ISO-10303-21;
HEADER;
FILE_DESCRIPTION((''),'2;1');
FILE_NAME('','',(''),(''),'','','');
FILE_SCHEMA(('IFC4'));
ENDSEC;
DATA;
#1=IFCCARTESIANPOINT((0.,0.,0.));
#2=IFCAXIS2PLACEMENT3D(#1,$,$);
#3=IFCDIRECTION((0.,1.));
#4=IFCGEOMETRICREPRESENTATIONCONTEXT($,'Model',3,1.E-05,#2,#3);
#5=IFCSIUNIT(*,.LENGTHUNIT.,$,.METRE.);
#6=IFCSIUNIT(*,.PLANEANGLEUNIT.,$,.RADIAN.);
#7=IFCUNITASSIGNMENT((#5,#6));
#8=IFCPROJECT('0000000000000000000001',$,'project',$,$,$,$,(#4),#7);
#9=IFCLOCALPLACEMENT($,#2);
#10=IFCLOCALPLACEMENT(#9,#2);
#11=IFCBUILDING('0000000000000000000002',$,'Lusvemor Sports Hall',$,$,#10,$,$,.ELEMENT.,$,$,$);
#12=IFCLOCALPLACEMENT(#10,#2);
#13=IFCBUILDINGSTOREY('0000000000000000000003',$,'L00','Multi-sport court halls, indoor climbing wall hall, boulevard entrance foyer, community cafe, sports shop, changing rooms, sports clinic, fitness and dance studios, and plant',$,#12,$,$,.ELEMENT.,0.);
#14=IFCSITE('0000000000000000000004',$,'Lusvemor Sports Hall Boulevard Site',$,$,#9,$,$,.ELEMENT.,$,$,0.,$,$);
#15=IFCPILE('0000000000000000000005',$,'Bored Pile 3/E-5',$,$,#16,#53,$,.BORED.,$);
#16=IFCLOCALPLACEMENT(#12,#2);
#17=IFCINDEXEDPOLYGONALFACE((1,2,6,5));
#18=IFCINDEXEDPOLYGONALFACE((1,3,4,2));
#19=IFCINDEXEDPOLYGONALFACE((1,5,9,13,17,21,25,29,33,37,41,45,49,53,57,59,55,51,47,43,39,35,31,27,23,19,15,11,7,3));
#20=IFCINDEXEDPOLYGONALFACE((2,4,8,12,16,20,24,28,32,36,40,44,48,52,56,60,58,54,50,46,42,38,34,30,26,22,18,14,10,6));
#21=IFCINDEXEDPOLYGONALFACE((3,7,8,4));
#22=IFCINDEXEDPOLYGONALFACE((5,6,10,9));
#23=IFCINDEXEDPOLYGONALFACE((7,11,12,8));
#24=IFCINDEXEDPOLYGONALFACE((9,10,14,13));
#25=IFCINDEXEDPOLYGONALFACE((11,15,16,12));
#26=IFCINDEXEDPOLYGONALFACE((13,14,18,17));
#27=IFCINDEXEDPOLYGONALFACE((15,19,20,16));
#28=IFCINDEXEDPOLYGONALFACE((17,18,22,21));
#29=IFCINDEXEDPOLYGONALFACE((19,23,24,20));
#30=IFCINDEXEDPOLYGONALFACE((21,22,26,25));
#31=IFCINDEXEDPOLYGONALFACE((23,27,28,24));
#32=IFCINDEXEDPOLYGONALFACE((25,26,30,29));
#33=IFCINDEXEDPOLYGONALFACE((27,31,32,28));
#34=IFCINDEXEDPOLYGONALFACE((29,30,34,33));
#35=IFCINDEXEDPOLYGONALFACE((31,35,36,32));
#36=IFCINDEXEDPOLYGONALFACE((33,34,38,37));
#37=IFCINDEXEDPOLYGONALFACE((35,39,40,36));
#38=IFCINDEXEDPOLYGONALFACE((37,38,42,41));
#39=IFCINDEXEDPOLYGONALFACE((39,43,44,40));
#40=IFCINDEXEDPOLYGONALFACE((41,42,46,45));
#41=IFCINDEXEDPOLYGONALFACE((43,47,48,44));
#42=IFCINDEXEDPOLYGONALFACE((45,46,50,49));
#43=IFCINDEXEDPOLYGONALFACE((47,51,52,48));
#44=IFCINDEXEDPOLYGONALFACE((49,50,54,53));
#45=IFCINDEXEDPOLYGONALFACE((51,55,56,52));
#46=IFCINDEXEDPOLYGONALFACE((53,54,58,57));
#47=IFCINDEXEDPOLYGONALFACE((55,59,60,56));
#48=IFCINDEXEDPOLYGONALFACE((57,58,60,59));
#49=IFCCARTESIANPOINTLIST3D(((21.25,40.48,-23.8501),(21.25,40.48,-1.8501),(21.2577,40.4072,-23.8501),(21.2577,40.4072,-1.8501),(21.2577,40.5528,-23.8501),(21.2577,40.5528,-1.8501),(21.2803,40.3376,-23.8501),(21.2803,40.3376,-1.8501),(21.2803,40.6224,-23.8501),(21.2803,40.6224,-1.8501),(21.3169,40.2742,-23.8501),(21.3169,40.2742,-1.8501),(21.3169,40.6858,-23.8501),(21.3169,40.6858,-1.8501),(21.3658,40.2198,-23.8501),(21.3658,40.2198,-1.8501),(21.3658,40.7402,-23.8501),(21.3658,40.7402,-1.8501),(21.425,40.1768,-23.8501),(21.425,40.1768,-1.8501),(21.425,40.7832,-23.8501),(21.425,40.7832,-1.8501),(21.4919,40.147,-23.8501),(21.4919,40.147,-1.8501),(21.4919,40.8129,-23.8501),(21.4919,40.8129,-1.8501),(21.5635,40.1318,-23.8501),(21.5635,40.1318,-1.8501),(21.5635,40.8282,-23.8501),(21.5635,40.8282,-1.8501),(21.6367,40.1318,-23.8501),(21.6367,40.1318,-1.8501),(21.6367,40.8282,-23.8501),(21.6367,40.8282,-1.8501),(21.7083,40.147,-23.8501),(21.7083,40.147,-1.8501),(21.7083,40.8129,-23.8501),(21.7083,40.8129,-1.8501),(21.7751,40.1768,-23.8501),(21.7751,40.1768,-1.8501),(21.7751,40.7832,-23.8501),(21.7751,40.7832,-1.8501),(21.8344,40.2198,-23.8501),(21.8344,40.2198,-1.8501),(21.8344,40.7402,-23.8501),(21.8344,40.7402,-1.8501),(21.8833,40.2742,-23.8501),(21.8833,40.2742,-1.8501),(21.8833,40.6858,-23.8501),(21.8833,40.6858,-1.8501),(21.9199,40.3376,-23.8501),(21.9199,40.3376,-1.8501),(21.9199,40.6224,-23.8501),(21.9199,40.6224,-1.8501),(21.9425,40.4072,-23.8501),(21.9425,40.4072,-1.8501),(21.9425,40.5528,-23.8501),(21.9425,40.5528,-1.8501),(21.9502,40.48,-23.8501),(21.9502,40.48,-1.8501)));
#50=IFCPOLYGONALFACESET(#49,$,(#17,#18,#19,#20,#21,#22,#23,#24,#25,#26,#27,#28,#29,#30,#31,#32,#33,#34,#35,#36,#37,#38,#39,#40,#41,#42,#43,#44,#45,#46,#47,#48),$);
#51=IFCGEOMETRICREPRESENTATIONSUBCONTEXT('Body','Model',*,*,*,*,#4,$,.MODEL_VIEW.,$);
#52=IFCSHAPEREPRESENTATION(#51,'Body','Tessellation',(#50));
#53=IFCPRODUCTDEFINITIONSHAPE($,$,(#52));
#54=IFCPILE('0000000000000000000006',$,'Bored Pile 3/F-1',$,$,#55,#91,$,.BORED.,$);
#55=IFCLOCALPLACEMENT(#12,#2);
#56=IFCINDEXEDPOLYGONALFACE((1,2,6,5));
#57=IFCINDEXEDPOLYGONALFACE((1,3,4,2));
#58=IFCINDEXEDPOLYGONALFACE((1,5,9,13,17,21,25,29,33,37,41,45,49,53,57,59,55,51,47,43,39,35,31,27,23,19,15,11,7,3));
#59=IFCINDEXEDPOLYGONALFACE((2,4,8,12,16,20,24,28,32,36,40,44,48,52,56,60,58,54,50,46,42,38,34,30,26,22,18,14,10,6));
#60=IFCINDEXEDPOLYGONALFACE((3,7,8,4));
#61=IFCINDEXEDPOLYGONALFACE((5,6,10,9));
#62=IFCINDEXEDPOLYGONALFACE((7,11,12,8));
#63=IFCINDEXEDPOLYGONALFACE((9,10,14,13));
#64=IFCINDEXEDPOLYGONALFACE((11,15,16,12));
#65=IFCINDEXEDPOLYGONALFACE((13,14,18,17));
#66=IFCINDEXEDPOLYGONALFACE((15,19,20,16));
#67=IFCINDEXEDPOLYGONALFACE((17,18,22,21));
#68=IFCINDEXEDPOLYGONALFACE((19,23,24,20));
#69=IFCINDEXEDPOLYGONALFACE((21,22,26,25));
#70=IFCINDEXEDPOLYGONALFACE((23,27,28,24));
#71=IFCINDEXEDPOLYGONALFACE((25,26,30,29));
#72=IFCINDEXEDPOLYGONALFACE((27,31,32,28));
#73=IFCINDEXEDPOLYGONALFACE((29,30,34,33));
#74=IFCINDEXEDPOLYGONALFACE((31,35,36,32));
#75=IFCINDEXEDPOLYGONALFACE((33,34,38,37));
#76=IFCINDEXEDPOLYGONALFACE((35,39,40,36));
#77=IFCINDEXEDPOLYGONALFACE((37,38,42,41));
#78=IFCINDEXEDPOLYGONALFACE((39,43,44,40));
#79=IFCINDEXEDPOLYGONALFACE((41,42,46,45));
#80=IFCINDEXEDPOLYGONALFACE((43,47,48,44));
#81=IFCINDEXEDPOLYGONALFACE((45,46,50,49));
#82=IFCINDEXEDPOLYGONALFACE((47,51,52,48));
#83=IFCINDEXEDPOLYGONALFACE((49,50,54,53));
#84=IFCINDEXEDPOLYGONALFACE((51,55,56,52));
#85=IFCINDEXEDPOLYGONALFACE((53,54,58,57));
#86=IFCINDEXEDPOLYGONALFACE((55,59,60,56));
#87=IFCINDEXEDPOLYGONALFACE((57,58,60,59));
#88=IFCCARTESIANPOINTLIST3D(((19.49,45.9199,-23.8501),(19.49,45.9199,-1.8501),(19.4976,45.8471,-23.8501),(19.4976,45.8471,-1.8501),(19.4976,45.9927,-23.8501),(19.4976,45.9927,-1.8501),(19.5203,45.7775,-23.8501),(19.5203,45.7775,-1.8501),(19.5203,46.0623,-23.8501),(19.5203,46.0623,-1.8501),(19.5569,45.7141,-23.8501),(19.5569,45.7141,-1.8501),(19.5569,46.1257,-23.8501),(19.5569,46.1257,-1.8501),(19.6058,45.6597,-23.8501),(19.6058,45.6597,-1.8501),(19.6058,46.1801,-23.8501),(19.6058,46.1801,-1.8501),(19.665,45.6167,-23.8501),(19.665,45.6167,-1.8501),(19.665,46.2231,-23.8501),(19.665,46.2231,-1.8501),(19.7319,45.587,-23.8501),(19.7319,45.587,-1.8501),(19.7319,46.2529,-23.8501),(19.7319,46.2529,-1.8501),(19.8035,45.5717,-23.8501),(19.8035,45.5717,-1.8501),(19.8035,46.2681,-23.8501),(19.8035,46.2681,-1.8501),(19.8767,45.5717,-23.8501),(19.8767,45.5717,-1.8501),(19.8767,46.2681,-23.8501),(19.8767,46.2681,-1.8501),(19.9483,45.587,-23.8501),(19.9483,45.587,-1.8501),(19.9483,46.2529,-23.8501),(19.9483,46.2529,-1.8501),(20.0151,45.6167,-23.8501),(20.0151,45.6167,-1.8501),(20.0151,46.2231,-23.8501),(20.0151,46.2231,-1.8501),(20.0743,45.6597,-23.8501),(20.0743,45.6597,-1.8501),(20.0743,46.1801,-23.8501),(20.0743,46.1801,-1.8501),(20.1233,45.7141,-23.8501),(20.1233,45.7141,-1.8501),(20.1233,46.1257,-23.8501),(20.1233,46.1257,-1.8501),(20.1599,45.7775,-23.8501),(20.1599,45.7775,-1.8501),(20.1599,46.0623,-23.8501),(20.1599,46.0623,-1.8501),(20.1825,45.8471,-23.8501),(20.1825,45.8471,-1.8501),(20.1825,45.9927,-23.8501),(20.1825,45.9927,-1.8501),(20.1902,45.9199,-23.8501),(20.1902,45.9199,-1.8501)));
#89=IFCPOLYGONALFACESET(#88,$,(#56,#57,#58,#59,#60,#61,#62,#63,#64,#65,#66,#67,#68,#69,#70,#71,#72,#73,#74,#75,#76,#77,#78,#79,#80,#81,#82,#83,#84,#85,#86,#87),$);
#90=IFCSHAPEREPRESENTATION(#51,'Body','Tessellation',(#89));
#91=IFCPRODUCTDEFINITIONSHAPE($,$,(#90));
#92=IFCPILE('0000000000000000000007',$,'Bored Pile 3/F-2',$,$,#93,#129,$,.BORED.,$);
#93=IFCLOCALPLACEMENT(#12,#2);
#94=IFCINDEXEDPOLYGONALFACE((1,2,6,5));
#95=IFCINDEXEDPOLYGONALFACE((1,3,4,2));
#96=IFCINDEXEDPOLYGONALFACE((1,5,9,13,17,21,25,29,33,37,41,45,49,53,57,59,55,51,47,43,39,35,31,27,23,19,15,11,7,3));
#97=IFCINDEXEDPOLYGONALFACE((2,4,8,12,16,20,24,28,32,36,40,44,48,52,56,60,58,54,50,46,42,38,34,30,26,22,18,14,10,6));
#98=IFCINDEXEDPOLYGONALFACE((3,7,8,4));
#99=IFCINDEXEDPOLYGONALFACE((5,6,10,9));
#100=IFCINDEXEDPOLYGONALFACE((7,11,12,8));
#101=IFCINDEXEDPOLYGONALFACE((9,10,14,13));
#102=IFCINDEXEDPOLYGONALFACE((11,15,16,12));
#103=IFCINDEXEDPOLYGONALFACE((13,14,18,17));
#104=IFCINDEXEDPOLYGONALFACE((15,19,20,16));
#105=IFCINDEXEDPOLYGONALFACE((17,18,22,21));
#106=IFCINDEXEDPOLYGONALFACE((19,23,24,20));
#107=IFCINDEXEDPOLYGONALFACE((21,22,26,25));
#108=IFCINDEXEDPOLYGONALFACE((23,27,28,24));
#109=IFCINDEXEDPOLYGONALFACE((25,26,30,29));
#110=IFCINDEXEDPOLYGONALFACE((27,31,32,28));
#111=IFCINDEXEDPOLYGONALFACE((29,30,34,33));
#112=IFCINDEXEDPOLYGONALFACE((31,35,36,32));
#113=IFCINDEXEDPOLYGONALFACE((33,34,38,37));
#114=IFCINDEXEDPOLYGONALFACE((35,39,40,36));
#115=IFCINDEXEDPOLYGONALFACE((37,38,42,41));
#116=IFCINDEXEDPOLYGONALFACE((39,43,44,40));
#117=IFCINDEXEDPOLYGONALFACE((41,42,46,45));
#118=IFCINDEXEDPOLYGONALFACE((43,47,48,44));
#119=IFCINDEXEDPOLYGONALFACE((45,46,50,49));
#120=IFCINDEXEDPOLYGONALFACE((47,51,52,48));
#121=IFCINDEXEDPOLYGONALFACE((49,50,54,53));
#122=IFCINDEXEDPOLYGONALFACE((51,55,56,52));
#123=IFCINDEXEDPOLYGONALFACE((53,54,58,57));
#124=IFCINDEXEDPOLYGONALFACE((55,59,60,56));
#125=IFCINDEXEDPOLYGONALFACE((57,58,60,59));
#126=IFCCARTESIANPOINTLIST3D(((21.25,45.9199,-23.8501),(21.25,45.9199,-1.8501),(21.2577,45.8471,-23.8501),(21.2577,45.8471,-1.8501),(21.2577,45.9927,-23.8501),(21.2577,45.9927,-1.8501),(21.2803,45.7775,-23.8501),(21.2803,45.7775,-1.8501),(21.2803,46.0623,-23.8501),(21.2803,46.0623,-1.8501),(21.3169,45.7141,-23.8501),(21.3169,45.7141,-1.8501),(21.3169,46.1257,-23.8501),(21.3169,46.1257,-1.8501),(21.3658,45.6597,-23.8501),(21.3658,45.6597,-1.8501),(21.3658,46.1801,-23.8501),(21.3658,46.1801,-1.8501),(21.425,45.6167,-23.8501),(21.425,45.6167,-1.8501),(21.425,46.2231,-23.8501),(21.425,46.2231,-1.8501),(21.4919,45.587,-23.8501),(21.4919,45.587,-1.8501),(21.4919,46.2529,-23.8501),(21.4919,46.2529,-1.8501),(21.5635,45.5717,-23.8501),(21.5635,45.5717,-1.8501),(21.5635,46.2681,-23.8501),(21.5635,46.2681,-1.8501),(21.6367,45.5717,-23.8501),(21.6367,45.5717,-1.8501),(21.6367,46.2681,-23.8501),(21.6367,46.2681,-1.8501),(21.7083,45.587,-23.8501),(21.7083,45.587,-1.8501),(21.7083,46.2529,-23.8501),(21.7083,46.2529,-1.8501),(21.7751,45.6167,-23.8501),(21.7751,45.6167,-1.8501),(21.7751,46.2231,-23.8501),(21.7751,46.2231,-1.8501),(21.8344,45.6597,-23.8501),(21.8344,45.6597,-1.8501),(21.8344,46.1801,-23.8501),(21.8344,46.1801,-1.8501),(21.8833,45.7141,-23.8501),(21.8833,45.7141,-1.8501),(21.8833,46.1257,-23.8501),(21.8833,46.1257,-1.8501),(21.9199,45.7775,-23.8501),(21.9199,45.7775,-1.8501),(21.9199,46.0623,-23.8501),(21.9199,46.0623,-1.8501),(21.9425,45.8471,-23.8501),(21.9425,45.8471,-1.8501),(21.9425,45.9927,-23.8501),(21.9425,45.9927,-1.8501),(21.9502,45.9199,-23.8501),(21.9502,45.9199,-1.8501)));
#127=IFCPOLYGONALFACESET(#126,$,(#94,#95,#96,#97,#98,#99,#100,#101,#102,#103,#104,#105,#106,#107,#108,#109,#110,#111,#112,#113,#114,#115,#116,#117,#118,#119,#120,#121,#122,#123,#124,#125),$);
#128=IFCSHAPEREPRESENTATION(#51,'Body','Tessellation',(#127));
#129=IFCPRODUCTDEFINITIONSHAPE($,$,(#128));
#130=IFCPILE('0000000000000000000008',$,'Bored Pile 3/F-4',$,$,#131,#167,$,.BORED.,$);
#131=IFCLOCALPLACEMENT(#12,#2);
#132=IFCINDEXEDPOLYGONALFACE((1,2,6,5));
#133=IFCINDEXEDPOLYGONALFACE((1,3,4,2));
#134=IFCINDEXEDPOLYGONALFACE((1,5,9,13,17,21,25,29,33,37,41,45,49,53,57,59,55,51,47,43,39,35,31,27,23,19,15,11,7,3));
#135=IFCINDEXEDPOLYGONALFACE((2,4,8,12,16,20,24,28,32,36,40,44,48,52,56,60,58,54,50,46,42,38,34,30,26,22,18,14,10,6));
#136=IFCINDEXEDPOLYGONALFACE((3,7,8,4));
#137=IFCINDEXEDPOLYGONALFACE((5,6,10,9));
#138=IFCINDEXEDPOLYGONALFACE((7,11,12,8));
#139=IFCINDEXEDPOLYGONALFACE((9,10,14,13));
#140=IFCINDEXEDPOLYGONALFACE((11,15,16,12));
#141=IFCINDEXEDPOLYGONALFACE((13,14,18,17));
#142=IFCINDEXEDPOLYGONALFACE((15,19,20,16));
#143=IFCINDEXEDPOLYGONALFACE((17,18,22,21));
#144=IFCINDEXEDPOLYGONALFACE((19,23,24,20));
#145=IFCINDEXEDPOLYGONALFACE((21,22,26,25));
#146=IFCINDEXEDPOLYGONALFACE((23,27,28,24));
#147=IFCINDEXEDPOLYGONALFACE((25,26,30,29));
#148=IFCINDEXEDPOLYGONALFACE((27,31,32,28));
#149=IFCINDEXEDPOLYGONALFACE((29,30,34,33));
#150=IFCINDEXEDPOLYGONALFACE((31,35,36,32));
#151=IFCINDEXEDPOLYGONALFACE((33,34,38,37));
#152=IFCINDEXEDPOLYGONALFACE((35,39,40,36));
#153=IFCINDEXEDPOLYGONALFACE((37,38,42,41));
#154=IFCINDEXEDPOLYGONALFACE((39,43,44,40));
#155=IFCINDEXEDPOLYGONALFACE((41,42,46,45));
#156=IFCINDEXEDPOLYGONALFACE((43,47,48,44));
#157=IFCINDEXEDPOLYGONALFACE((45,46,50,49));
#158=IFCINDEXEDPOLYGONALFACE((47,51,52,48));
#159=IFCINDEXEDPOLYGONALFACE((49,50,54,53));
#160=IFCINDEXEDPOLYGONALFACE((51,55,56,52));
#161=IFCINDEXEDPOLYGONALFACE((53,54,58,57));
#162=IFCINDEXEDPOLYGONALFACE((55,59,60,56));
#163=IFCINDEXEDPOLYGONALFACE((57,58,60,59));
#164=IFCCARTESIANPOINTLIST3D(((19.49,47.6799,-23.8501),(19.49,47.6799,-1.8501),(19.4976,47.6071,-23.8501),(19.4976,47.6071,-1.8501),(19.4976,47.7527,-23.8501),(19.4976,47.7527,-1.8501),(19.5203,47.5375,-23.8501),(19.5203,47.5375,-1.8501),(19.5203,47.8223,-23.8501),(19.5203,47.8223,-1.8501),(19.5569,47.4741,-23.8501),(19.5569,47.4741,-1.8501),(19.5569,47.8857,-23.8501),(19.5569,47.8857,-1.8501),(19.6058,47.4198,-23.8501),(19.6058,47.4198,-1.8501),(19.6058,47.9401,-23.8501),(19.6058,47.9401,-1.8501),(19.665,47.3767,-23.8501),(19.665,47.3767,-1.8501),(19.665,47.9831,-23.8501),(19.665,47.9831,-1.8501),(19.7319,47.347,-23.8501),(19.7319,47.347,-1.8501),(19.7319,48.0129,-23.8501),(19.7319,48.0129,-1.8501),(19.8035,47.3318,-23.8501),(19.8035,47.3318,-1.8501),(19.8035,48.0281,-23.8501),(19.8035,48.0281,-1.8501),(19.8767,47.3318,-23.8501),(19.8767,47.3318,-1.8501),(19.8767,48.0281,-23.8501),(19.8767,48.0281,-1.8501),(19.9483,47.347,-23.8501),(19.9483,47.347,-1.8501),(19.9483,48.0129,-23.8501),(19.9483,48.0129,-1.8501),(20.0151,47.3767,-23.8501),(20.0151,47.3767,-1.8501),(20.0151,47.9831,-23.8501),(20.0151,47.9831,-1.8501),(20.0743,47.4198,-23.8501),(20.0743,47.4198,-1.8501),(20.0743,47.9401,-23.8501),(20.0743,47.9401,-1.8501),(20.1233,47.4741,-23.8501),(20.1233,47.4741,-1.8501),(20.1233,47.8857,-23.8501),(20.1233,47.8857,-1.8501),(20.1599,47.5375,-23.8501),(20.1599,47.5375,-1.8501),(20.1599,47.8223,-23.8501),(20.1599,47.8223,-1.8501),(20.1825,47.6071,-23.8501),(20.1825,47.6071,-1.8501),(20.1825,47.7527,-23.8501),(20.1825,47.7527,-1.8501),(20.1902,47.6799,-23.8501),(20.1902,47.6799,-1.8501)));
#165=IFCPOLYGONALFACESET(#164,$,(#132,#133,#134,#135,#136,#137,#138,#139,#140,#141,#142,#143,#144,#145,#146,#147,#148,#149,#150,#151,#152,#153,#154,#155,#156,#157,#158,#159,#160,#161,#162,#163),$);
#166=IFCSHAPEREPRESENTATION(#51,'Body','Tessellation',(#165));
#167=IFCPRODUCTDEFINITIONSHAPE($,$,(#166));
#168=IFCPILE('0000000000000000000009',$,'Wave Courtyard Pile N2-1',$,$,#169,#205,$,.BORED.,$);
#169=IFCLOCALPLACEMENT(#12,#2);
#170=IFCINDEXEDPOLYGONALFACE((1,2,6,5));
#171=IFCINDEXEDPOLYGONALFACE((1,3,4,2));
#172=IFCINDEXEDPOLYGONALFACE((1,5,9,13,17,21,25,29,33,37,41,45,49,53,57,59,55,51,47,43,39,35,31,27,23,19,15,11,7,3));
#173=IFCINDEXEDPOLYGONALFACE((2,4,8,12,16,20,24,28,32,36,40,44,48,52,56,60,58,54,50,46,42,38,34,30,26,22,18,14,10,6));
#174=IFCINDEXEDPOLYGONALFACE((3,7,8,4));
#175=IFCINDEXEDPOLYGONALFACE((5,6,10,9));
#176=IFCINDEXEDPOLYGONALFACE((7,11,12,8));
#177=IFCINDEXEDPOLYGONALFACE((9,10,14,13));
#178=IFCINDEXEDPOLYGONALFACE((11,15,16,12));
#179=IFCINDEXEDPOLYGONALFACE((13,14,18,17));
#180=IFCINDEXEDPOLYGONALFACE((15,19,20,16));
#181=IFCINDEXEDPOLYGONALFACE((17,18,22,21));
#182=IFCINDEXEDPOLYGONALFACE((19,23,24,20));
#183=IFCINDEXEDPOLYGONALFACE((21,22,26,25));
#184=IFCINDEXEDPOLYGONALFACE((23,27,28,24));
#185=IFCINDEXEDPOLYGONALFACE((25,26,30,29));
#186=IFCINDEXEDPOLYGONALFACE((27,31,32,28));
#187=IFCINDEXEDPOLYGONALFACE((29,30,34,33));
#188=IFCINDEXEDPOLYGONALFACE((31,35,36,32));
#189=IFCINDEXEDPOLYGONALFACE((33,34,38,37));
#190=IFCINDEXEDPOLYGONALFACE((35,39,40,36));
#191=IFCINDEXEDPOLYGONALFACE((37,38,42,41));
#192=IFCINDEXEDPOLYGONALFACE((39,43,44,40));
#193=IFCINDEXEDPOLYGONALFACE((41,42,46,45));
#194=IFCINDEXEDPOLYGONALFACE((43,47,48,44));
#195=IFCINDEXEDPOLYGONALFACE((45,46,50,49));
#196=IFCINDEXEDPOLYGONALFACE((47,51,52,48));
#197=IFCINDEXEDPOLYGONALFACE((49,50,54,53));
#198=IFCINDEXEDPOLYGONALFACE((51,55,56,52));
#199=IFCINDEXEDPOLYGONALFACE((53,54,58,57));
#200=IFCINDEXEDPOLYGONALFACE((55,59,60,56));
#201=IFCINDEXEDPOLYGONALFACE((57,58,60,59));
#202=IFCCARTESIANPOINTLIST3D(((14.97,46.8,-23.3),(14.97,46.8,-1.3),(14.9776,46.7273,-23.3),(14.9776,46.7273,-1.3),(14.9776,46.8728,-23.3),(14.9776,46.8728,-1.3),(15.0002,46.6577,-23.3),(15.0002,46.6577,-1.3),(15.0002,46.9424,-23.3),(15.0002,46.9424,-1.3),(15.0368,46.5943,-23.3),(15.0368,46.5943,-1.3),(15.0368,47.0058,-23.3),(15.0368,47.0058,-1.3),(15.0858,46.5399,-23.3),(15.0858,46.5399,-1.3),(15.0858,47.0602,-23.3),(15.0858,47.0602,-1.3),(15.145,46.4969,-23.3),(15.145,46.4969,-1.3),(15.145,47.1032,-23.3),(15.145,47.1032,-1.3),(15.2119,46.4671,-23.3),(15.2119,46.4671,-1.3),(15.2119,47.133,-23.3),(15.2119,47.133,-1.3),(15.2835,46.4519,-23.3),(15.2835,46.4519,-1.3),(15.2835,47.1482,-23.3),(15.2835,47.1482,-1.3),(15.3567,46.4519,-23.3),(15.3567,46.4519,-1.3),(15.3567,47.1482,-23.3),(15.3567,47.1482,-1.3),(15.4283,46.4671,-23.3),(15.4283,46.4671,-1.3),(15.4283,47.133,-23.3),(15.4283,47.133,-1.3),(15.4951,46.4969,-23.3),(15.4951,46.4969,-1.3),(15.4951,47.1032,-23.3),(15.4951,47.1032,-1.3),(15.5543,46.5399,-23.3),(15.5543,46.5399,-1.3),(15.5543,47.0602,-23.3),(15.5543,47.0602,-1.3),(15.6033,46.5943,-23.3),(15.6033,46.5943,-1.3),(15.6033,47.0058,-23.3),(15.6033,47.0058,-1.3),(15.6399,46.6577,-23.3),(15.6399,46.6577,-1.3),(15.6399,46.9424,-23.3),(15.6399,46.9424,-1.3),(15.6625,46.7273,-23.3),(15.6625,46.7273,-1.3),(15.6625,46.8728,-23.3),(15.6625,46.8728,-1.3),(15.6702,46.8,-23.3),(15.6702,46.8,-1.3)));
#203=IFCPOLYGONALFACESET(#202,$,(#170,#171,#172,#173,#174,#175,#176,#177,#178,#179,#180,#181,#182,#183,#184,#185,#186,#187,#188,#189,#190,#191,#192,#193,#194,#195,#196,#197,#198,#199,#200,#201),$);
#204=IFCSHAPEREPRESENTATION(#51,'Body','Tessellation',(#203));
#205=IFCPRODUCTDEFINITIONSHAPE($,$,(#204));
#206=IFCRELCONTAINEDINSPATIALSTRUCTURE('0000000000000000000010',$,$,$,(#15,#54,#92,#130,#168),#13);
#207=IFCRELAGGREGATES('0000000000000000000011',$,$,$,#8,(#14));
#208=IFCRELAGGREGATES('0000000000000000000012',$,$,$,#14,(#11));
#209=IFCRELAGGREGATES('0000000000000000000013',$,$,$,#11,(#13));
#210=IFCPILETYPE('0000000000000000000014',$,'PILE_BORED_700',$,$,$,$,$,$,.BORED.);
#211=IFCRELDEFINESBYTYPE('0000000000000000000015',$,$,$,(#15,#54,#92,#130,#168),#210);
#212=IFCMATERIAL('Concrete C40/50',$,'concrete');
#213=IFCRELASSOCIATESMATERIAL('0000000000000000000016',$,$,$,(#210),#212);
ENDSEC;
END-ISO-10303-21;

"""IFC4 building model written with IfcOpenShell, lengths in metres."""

from ifc_helpers import new_model, si_unit, direction, frame, origin, origin_2d, place, context, subcontext, project, spatial, circle, extrude, material, material_profile, profile_set, type_object, element, save


model = new_model("IFC4")

# Units and contexts
model_context = context("Model", 3, precision=1e-05, world=origin(), true_north=direction((0.0, 1.0)))
body_context = subcontext(model_context, "Body", "Model", "MODEL_VIEW")
ifc_project = project(units=[si_unit("LENGTHUNIT", "METRE"), si_unit("PLANEANGLEUNIT", "RADIAN")], contexts=[model_context])

# Site, building, storey
site_placement = place(None, origin())
site = spatial("IfcSite", under=ifc_project, at=site_placement, Name="Lusvemor Sports Hall Boulevard Site", CompositionType="ELEMENT", RefElevation=0.0)
building_placement = place(site_placement, origin())
building = spatial("IfcBuilding", under=site, at=building_placement, Name="Lusvemor Sports Hall", CompositionType="ELEMENT")
storey_placement = place(building_placement, origin())
storey = spatial("IfcBuildingStorey", under=building, at=storey_placement, Name="L00", Description="Multi-sport court halls, indoor climbing wall hall, boulevard entrance foyer, community cafe, sports shop, changing rooms, sports clinic, fitness and dance studios, and plant", CompositionType="ELEMENT", Elevation=0.0)

# Piles
ifc_material_1 = material(Name="Concrete C40/50", Category="concrete")
ifc_material_profile_1 = material_profile(ifc_material_1, circle(Radius=0.3501, at=origin_2d()), Name="PILE700")
ifc_profile_set_1 = profile_set([ifc_material_profile_1], Name="Concrete C40/50")
pile_type = type_object("IfcPileType", Name="PILE_BORED_700", PredefinedType="BORED", material=ifc_profile_set_1)
for number, where, z_axis, x_axis, name in (
    (1, (21.6001, 40.48, -1.8501), (0.0, 0.0, -1.0), (1.0, 0.0, 0.0), "Bored Pile 3/E-5"),
    (2, (19.8401, 45.9199, -1.8501), (0.0, 0.0, -1.0), (1.0, 0.0, 0.0), "Bored Pile 3/F-1"),
    (3, (21.6001, 45.9199, -1.8501), (0.0, 0.0, -1.0), (1.0, 0.0, 0.0), "Bored Pile 3/F-2"),
    (4, (19.8401, 47.6799, -1.8501), (0.0, 0.0, -1.0), (1.0, 0.0, 0.0), "Bored Pile 3/F-4"),
    (5, (15.3201, 46.8, -1.3), (0.0, 0.0, -1.0), (1.0, 0.0, 0.0), "Wave Courtyard Pile N2-1"),
):
    element("IfcPile", number, at=place(storey_placement, frame(where, z_axis=z_axis, x_axis=x_axis)), inside=storey, type_object=pile_type, Name=name, PredefinedType="BORED", context=body_context, shape_type="SweptSolid", body=[
        extrude(circle(Radius=0.3501, at=origin_2d()), origin(), (0.0, 0.0, 1.0), 22.0),
    ])

save(model, "model.ifc")
